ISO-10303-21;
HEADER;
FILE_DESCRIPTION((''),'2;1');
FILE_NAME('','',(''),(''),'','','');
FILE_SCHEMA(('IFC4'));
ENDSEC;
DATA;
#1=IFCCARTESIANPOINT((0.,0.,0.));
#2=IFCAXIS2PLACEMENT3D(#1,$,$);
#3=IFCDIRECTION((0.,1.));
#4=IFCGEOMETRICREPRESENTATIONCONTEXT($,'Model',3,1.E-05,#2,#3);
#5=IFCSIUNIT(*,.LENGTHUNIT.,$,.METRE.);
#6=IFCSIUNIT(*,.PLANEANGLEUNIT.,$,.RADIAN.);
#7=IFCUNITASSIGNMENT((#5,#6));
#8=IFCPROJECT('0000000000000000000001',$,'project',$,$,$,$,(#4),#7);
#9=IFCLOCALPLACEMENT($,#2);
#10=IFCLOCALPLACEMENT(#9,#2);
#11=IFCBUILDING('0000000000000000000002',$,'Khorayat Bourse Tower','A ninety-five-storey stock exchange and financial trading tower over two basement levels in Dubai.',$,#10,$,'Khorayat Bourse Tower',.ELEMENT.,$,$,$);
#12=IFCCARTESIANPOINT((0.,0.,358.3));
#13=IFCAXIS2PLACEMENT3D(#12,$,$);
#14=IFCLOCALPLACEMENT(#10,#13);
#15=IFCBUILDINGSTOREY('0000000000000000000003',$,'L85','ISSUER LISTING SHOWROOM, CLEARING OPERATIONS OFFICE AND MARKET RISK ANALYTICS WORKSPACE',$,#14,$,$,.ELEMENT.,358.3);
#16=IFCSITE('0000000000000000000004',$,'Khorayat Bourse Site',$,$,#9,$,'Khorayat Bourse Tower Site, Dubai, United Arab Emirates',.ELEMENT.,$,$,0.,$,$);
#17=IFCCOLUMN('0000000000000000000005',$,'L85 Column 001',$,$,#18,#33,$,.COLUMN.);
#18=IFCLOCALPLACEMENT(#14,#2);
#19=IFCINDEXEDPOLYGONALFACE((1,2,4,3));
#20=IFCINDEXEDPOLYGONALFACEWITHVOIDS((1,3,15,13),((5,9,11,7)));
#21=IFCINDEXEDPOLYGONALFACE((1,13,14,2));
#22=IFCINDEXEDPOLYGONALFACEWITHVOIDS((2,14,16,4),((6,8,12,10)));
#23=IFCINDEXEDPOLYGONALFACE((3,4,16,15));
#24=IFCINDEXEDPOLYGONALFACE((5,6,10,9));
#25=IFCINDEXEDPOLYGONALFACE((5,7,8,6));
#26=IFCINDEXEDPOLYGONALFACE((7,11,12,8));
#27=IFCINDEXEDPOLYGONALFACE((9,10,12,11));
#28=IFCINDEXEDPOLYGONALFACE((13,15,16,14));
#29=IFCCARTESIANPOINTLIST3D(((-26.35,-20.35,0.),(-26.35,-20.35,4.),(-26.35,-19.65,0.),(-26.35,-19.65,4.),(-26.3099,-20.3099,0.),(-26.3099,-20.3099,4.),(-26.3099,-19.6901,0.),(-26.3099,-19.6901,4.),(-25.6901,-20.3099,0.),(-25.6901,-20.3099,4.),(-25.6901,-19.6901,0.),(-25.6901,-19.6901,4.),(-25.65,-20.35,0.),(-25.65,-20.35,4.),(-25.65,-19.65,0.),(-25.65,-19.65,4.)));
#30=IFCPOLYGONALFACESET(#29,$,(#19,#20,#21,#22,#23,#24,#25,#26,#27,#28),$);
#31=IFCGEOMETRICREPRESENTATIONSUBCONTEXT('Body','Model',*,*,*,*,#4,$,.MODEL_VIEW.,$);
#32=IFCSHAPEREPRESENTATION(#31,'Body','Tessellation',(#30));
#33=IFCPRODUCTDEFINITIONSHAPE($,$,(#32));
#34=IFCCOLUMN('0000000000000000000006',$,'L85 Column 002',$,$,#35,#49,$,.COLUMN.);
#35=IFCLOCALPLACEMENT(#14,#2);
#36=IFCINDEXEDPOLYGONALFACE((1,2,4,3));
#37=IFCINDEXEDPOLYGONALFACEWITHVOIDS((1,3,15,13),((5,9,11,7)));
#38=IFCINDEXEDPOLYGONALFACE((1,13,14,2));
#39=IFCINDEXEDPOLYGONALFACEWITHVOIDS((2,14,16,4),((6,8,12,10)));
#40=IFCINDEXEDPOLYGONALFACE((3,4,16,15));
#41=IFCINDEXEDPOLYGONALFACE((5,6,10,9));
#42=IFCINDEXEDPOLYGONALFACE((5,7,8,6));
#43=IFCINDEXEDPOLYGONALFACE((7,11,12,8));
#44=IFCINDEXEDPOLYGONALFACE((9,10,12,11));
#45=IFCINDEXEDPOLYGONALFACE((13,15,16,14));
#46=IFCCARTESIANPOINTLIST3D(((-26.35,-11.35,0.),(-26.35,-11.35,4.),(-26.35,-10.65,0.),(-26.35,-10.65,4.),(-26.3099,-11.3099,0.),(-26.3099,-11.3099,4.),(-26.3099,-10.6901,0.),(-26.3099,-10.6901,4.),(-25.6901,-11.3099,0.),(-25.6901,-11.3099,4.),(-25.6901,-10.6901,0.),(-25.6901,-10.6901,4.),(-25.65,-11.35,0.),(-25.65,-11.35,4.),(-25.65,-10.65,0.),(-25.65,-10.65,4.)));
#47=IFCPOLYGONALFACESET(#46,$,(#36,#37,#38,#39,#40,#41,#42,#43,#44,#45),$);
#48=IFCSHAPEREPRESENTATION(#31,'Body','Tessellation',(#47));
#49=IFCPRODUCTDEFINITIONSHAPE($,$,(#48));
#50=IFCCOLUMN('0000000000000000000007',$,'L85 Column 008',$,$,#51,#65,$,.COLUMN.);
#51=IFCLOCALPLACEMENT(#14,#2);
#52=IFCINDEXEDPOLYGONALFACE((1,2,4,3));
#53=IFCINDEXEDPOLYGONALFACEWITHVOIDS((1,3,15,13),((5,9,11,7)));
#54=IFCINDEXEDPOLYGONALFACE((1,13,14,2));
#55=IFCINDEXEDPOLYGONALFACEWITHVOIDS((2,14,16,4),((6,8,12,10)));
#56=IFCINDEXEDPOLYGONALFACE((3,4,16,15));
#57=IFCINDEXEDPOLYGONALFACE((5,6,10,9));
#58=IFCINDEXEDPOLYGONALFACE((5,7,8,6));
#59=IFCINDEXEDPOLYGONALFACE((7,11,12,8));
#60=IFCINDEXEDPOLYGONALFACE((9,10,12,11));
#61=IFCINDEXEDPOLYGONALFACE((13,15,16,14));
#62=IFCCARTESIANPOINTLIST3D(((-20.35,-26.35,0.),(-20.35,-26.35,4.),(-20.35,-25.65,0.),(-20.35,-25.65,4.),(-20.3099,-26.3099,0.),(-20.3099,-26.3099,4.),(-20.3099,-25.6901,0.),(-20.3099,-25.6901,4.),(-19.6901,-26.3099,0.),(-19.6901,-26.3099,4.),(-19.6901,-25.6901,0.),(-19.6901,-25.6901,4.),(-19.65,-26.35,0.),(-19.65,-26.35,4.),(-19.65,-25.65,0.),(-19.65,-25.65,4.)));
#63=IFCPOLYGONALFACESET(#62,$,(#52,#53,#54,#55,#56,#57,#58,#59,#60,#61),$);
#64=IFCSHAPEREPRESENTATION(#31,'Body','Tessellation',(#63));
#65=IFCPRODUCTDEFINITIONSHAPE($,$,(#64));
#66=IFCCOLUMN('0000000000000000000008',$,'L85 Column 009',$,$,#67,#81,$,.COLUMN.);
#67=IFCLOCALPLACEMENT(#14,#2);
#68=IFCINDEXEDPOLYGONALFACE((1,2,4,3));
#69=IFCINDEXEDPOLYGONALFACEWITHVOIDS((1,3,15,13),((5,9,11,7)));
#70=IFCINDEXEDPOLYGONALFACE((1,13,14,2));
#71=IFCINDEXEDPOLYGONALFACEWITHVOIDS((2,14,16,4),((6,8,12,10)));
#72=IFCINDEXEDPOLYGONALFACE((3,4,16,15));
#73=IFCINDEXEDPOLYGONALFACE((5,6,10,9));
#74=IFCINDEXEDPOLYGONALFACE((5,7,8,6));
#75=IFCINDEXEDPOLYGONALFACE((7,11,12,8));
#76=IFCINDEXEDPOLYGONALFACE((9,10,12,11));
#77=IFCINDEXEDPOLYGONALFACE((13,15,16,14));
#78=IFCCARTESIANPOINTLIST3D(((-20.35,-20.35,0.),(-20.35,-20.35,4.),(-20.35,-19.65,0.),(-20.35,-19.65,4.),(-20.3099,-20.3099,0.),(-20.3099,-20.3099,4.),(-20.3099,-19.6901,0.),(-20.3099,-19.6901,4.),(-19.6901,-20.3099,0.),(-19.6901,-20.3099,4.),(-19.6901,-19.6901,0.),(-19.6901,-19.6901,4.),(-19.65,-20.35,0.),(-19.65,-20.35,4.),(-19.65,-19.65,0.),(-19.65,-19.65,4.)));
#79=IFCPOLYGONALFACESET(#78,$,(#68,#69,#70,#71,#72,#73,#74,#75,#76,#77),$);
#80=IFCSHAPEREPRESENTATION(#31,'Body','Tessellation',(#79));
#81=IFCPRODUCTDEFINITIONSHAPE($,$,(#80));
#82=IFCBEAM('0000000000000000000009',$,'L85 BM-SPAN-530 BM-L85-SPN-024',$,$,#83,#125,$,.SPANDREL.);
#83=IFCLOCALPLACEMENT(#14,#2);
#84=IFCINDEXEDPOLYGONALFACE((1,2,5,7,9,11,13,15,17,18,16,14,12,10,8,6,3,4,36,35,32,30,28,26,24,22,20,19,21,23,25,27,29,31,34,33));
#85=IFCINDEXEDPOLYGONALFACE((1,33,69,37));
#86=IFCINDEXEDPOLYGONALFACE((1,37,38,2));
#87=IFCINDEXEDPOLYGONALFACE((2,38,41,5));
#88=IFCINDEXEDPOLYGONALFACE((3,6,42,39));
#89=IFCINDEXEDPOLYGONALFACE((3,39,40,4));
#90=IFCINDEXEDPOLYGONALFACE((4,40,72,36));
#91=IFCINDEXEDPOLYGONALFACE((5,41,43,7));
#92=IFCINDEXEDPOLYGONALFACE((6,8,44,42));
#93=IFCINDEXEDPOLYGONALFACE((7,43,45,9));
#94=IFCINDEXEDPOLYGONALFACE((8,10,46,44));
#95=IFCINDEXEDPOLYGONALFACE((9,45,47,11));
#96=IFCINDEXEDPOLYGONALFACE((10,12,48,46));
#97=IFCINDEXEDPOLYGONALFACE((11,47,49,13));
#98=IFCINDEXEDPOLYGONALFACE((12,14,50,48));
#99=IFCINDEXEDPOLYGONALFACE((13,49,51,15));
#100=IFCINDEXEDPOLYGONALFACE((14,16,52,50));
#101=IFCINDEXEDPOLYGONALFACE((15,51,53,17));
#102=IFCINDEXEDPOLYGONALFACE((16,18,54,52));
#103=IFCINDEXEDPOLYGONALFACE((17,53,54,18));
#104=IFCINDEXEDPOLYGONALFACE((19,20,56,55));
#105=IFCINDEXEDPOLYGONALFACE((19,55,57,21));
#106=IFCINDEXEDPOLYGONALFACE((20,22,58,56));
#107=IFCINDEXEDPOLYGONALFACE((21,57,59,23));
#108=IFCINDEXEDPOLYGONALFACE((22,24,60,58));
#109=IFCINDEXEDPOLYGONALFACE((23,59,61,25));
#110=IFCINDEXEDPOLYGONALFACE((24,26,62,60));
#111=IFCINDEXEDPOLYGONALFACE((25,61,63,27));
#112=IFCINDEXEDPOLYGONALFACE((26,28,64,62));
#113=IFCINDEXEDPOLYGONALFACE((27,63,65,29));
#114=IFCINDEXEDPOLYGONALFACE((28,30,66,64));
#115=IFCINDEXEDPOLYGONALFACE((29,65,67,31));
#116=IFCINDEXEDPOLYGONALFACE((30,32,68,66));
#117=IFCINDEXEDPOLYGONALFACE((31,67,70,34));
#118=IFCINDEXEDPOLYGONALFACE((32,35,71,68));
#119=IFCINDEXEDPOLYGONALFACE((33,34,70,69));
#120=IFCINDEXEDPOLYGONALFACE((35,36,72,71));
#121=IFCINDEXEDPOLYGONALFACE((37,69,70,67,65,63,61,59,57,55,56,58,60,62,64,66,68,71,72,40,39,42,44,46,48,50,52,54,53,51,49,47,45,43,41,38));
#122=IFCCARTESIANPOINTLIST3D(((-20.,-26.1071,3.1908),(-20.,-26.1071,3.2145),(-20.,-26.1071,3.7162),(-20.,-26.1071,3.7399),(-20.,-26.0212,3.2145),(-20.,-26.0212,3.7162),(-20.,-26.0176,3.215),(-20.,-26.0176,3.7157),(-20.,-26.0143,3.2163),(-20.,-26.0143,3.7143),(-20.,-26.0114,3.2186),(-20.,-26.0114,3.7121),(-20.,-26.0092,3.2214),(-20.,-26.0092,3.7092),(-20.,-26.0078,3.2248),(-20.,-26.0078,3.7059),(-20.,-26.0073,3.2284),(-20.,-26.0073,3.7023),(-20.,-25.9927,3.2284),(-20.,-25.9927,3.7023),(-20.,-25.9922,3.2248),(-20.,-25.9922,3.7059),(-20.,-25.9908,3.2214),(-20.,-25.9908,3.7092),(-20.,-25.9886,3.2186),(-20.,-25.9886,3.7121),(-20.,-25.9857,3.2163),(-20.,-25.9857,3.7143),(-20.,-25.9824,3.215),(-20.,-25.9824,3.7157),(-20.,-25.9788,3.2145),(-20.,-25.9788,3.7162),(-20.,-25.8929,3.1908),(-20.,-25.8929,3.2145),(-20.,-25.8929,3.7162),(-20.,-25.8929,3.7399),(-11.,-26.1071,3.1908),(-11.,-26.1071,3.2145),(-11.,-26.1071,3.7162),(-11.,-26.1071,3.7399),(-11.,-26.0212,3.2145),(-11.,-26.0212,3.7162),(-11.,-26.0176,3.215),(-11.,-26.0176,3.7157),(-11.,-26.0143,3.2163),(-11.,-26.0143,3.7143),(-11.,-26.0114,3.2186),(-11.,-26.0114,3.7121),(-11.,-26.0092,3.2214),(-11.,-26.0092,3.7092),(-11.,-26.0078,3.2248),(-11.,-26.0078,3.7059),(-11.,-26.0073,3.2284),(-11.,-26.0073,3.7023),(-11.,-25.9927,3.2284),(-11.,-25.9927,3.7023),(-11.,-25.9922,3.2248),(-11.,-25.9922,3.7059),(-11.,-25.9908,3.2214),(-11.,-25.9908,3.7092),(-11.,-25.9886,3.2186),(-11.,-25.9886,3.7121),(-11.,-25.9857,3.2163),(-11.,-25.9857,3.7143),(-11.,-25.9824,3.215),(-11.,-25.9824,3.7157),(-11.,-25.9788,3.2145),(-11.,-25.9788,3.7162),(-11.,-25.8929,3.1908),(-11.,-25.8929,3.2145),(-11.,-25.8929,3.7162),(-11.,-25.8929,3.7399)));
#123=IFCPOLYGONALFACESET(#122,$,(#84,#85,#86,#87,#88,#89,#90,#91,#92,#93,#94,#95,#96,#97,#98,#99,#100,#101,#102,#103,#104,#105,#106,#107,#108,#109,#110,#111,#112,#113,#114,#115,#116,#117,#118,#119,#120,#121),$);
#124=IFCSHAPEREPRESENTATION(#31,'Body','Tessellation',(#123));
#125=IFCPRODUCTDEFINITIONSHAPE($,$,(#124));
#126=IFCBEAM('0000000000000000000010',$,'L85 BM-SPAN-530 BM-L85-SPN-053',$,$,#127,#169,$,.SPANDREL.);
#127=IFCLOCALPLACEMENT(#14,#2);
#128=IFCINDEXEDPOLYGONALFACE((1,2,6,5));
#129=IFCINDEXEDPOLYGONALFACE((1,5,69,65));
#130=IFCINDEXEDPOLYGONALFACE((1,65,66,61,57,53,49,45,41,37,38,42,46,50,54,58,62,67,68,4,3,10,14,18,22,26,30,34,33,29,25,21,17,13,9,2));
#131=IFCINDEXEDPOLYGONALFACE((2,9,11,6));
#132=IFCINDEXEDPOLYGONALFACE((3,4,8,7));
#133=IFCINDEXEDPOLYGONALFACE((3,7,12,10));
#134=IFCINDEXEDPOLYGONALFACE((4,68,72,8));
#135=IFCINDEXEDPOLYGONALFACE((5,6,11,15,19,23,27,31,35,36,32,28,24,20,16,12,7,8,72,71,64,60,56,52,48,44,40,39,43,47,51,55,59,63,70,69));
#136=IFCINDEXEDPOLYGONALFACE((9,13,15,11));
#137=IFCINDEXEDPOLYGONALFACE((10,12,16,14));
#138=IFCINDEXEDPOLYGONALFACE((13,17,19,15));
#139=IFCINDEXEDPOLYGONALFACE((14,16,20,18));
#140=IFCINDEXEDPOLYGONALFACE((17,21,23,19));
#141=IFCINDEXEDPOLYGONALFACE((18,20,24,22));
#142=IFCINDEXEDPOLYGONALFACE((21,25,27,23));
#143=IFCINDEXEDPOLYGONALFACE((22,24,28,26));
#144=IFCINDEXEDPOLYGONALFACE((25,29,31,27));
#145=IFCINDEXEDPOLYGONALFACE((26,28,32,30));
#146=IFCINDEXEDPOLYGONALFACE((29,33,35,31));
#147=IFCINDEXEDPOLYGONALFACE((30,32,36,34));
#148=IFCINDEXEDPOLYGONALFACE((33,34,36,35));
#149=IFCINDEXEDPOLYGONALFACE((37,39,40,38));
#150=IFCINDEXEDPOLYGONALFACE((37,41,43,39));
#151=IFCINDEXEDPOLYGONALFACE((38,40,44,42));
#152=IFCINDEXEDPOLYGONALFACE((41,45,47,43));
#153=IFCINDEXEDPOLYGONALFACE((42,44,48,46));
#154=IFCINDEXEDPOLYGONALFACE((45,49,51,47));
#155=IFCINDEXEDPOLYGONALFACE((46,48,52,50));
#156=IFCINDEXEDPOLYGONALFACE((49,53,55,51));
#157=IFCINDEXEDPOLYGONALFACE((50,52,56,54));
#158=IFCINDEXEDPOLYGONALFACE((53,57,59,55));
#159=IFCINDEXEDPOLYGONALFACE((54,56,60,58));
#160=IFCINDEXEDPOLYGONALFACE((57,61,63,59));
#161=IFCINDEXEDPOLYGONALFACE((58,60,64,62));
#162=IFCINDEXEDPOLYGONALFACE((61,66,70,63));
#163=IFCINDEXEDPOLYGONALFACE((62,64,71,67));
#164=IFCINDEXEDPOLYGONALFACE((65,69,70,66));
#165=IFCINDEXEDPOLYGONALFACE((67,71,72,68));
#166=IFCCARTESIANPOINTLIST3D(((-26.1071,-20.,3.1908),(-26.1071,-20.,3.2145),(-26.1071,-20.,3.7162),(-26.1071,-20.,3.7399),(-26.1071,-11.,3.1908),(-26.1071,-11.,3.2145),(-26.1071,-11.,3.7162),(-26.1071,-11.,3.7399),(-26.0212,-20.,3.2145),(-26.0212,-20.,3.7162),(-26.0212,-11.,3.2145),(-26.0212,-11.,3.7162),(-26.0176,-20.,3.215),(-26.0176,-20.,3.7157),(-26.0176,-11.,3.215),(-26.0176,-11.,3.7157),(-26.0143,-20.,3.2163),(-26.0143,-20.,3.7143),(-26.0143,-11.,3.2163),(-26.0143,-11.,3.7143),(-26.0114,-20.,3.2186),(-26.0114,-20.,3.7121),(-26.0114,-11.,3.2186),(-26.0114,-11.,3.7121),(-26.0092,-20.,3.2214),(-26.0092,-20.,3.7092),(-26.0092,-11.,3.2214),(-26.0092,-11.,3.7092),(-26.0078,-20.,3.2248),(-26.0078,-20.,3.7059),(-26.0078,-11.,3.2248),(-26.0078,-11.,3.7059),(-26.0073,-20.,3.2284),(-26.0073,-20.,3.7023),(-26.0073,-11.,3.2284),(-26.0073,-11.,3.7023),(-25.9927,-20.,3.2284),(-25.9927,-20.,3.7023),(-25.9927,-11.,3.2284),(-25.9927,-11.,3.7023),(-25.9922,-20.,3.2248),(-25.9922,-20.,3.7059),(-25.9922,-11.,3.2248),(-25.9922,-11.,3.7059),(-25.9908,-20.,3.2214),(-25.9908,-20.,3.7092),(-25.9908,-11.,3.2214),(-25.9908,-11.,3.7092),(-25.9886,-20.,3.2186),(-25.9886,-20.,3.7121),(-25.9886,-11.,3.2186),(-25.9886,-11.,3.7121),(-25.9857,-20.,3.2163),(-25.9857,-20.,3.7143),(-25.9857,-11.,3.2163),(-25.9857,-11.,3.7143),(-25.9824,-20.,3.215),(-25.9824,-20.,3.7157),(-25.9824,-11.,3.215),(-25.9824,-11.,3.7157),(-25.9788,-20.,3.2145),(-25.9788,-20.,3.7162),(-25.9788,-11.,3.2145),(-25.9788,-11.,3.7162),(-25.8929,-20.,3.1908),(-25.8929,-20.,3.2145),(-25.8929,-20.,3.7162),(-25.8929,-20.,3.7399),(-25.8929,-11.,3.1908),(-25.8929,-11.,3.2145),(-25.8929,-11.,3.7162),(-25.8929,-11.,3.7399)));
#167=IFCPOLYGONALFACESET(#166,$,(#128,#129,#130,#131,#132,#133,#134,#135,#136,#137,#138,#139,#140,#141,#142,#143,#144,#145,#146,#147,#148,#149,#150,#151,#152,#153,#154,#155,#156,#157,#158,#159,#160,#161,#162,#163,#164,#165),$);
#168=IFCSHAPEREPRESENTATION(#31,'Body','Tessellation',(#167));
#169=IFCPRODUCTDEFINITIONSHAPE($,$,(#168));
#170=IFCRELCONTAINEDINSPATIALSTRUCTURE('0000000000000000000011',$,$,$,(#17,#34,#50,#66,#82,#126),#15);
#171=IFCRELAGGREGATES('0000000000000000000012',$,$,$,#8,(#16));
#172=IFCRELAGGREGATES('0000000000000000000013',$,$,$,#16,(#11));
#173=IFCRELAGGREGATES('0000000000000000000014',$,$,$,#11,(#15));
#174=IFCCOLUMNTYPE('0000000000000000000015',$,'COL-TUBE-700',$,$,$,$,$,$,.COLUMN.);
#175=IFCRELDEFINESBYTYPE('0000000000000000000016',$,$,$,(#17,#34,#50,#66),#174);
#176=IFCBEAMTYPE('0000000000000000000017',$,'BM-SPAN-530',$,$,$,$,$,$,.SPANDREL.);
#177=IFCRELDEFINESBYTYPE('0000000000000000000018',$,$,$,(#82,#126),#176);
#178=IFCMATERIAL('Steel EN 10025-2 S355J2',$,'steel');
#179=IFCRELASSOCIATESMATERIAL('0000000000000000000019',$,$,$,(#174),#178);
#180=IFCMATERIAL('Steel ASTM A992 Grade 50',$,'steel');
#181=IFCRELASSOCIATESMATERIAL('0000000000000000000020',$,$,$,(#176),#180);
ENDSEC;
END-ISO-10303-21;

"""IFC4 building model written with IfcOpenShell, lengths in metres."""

from ifc_helpers import new_model, si_unit, direction, frame, origin, origin_2d, place, context, subcontext, project, spatial, hollow_rectangle, i_section, extrude, source, transform, mapped, material, material_profile, profile_set, type_object, element, save


model = new_model("IFC4")

# Units and contexts
model_context = context("Model", 3, precision=1e-05, world=origin(), true_north=direction((0.0, 1.0)))
body_context = subcontext(model_context, "Body", "Model", "MODEL_VIEW")
ifc_project = project(units=[si_unit("LENGTHUNIT", "METRE"), si_unit("PLANEANGLEUNIT", "RADIAN")], contexts=[model_context])

# Site, building, storey
site_placement = place(None, origin())
site = spatial("IfcSite", under=ifc_project, at=site_placement, Name="Khorayat Bourse Site", LongName="Khorayat Bourse Tower Site, Dubai, United Arab Emirates", CompositionType="ELEMENT", RefElevation=0.0)
building_placement = place(site_placement, origin())
building = spatial("IfcBuilding", under=site, at=building_placement, Name="Khorayat Bourse Tower", Description="A ninety-five-storey stock exchange and financial trading tower over two basement levels in Dubai.", LongName="Khorayat Bourse Tower", CompositionType="ELEMENT")
storey_placement = place(building_placement, frame((0.0, 0.0, 358.3)))
storey = spatial("IfcBuildingStorey", under=building, at=storey_placement, Name="L85", Description="ISSUER LISTING SHOWROOM, CLEARING OPERATIONS OFFICE AND MARKET RISK ANALYTICS WORKSPACE", CompositionType="ELEMENT", Elevation=358.3)

# Columns
ifc_material_1 = material(Name="Steel EN 10025-2 S355J2", Category="steel")
ifc_material_profile_1 = material_profile(ifc_material_1, hollow_rectangle(XDim=0.7, YDim=0.7, WallThickness=0.04, at=origin_2d()), Name="BOX 700x700x40")
ifc_profile_set_1 = profile_set([ifc_material_profile_1], Name="Steel EN 10025-2 S355J2")
column_type = type_object("IfcColumnType", Name="COL-TUBE-700", PredefinedType="COLUMN", material=ifc_profile_set_1)
shared_shape_1 = source(origin(), body_context, "Body", "SweptSolid", [
    extrude(hollow_rectangle(XDim=0.7, YDim=0.7, WallThickness=0.04, at=origin_2d()), origin(), (0.0, 0.0, 1.0), 4.0),
])
for number, where, z_axis, x_axis, name in (
    (1, (-26.0, -20.0, 0.0), (0.0, 0.0, 1.0), (1.0, 0.0, 0.0), "L85 Column 001"),
    (2, (-26.0, -11.0, 0.0), (0.0, 0.0, 1.0), (1.0, 0.0, 0.0), "L85 Column 002"),
    (3, (-20.0, -26.0, 0.0), (0.0, 0.0, 1.0), (1.0, 0.0, 0.0), "L85 Column 008"),
    (4, (-20.0, -20.0, 0.0), (0.0, 0.0, 1.0), (1.0, 0.0, 0.0), "L85 Column 009"),
):
    element("IfcColumn", number, at=place(storey_placement, frame(where, z_axis=z_axis, x_axis=x_axis)), inside=storey, type_object=column_type, Name=name, PredefinedType="COLUMN", context=body_context, shape_type="MappedRepresentation", body=[
        mapped(shared_shape_1, transform((0.0, 0.0, 0.0), scale=1.0)),
    ])

# Beams
ifc_material_2 = material(Name="Steel ASTM A992 Grade 50", Category="steel")
ifc_material_profile_2 = material_profile(ifc_material_2, i_section(OverallWidth=0.2141, OverallDepth=0.5491, WebThickness=0.0146, FlangeThickness=0.0237, FilletRadius=0.0139, at=origin_2d()), Name="W530X138")
ifc_profile_set_2 = profile_set([ifc_material_profile_2], Name="Steel ASTM A992 Grade 50")
beam_type_1 = type_object("IfcBeamType", Name="BM-SPAN-530", PredefinedType="SPANDREL", material=ifc_profile_set_2)
shared_shape_2 = source(origin(), body_context, "Body", "SweptSolid", [
    extrude(i_section(OverallWidth=0.2141, OverallDepth=0.5491, WebThickness=0.0146, FlangeThickness=0.0237, FilletRadius=0.0139, at=origin_2d()), origin(), (0.0, 0.0, 1.0), 9.0),
])
for number, where, z_axis, x_axis, name in (
    (5, (-20.0, -26.0, 3.4653), (1.0, 0.0, 0.0), (0.0, 1.0, 0.0), "L85 BM-SPAN-530 BM-L85-SPN-024"),
    (6, (-26.0, -20.0, 3.4653), (0.0, 1.0, 0.0), (-1.0, 0.0, 0.0), "L85 BM-SPAN-530 BM-L85-SPN-053"),
):
    element("IfcBeam", number, at=place(storey_placement, frame(where, z_axis=z_axis, x_axis=x_axis)), inside=storey, type_object=beam_type_1, Name=name, PredefinedType="SPANDREL", context=body_context, shape_type="MappedRepresentation", body=[
        mapped(shared_shape_2, transform((0.0, 0.0, 0.0), scale=1.0)),
    ])

save(model, "model.ifc")
